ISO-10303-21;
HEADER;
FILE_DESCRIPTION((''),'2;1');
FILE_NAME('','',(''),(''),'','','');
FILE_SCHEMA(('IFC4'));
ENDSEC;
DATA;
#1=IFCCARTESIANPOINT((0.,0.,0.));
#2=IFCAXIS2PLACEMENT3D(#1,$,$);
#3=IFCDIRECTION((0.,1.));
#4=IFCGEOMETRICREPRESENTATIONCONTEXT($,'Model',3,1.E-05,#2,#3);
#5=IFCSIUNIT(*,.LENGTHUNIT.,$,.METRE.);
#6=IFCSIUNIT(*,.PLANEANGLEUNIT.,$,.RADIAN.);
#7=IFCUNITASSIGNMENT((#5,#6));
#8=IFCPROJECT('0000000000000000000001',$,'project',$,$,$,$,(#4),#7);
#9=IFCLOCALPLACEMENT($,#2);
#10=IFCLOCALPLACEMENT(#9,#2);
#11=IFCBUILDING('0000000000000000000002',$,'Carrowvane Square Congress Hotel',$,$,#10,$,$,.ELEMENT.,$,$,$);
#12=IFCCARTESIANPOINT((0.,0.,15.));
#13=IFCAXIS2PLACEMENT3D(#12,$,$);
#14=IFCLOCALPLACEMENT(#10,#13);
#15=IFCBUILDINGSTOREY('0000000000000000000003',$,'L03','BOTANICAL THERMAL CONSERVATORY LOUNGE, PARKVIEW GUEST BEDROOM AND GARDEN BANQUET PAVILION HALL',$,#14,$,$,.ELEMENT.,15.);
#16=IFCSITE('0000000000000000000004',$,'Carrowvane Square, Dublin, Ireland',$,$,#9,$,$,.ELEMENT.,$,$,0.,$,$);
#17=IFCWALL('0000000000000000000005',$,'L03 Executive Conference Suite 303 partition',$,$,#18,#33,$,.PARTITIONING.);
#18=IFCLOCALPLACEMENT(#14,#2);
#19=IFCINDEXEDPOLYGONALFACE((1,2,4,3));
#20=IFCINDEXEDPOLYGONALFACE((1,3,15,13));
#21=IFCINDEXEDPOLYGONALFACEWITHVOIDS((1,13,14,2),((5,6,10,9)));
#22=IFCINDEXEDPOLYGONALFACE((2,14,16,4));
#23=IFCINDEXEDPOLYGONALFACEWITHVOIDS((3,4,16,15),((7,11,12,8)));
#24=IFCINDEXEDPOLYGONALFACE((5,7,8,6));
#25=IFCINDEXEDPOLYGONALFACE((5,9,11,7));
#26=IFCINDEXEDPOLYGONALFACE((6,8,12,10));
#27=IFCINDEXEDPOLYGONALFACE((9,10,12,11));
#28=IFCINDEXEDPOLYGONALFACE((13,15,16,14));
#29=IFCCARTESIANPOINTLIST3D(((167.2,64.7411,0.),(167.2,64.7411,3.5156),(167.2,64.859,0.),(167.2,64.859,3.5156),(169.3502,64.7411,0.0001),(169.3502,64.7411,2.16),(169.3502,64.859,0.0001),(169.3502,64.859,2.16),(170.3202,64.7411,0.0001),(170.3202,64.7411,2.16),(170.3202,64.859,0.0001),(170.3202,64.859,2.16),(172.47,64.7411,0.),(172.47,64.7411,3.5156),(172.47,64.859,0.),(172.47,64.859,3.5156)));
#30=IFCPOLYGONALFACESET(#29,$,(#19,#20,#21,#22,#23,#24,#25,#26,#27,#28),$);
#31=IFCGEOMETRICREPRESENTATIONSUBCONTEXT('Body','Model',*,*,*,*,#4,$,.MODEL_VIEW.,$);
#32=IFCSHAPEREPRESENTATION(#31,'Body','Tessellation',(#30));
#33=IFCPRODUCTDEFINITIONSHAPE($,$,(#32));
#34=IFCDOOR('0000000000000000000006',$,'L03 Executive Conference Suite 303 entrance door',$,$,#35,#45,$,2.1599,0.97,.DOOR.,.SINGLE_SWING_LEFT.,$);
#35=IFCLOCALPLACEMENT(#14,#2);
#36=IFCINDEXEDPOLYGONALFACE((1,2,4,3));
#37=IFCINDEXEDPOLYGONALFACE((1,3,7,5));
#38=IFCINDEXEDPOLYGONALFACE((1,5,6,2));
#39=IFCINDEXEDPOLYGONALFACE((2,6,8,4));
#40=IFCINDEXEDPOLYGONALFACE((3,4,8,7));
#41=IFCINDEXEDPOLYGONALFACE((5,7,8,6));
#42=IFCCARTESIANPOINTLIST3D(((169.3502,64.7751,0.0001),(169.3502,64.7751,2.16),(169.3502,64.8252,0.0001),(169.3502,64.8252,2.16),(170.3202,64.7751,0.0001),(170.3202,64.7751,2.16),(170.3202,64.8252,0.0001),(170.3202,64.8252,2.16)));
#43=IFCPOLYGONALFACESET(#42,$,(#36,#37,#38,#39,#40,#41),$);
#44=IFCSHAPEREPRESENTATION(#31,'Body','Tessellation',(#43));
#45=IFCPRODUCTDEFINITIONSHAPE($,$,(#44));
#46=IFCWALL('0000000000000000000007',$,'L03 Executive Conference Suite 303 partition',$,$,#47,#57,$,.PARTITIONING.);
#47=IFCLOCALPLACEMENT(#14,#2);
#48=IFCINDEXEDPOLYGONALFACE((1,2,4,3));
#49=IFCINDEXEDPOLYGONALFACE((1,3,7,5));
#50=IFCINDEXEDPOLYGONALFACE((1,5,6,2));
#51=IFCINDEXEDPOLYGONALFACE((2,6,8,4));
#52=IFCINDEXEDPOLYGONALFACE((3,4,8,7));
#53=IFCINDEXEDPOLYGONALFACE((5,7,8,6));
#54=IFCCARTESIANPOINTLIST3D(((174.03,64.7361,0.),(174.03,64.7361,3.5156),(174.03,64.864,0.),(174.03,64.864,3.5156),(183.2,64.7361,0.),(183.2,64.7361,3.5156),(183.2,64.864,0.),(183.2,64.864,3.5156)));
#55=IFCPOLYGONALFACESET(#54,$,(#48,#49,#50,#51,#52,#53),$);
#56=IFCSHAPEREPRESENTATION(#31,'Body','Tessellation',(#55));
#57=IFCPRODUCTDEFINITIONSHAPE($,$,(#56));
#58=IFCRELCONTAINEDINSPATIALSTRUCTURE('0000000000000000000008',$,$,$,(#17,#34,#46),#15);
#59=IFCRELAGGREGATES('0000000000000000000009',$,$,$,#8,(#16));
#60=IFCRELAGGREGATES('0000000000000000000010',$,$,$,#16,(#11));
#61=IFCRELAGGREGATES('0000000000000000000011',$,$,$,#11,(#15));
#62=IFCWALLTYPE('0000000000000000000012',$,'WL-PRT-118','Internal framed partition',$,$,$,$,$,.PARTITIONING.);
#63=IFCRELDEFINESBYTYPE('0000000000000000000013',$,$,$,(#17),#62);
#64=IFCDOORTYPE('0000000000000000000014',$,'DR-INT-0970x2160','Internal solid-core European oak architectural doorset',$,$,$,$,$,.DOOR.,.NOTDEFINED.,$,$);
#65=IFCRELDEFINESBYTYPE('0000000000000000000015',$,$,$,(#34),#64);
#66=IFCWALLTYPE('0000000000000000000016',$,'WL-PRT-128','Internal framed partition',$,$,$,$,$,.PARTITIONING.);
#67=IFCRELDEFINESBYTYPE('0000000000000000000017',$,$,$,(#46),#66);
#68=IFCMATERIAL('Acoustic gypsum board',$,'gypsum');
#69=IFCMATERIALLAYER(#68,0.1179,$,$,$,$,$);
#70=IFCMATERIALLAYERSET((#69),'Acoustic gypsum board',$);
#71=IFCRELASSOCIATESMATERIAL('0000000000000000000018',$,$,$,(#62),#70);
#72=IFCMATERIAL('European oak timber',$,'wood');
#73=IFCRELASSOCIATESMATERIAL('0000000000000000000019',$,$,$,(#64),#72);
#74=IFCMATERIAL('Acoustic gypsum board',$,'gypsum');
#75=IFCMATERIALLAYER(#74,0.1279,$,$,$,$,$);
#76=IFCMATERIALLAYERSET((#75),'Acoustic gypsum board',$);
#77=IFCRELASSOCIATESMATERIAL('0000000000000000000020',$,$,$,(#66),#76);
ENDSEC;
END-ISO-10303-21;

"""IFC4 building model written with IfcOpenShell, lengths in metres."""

from ifc_helpers import new_model, si_unit, direction, frame, frame_2d, origin, place, context, subcontext, project, spatial, rectangle, extrude, material, layer, layer_set, type_object, element, fill, save


model = new_model("IFC4")

# Units and contexts
model_context = context("Model", 3, precision=1e-05, world=origin(), true_north=direction((0.0, 1.0)))
body_context = subcontext(model_context, "Body", "Model", "MODEL_VIEW")
ifc_project = project(units=[si_unit("LENGTHUNIT", "METRE"), si_unit("PLANEANGLEUNIT", "RADIAN")], contexts=[model_context])

# Site, building, storey
site_placement = place(None, origin())
site = spatial("IfcSite", under=ifc_project, at=site_placement, Name="Carrowvane Square, Dublin, Ireland", CompositionType="ELEMENT", RefElevation=0.0)
building_placement = place(site_placement, origin())
building = spatial("IfcBuilding", under=site, at=building_placement, Name="Carrowvane Square Congress Hotel", CompositionType="ELEMENT")
storey_placement = place(building_placement, frame((0.0, 0.0, 15.0)))
storey = spatial("IfcBuildingStorey", under=building, at=storey_placement, Name="L03", Description="BOTANICAL THERMAL CONSERVATORY LOUNGE, PARKVIEW GUEST BEDROOM AND GARDEN BANQUET PAVILION HALL", CompositionType="ELEMENT", Elevation=15.0)

# Wall, opening, door
ifc_material_1 = material(Name="Acoustic gypsum board", Category="gypsum")
ifc_layer_1 = layer(ifc_material_1, 0.1179)
ifc_layer_set_1 = layer_set([ifc_layer_1], Name="Acoustic gypsum board")
wall_type_1 = type_object("IfcWallType", Name="WL-PRT-118", Description="Internal framed partition", PredefinedType="PARTITIONING", material=ifc_layer_set_1)
wall_1_placement = place(storey_placement, frame((172.47, 64.8, 0.0), z_axis=(0.0, 0.0, 1.0), x_axis=(-1.0, 0.0, 0.0)))
wall_1 = element("IfcWall", 1, at=wall_1_placement, inside=storey, type_object=wall_type_1, Name="L03 Executive Conference Suite 303 partition", PredefinedType="PARTITIONING", context=body_context, shape_type="SweptSolid", body=[
    extrude(rectangle(XDim=5.27, YDim=0.1179, at=frame_2d((2.635, 0.0))), origin(), (0.0, 0.0, 1.0), 3.5156),
])
opening_1_placement = place(wall_1_placement, frame((2.1499, 0.0, 0.0)))
opening_1 = element("IfcOpeningElement", 2, at=opening_1_placement, cuts=wall_1, PredefinedType="OPENING", context=body_context, shape_type="SweptSolid", body=[
    extrude(rectangle(XDim=0.97, YDim=2.1599, at=frame_2d((0.4849, 1.0801))), frame((0.0, 0.0688, 0.0), z_axis=(0.0, -1.0, 0.0), x_axis=(1.0, 0.0, 0.0)), (0.0, 0.0, 1.0), 0.1379),
])
ifc_material_2 = material(Name="European oak timber", Category="wood")
door_type_1 = type_object("IfcDoorType", Name="DR-INT-0970x2160", Description="Internal solid-core European oak architectural doorset", OperationType="NOTDEFINED", PredefinedType="DOOR", material=ifc_material_2)
door_1_placement = place(opening_1_placement, origin())
door_1 = element("IfcDoor", 3, at=door_1_placement, inside=storey, type_object=door_type_1, Name="L03 Executive Conference Suite 303 entrance door", OperationType="SINGLE_SWING_LEFT", OverallHeight=2.1599, OverallWidth=0.97, PredefinedType="DOOR", context=body_context, shape_type="SweptSolid", body=[
    extrude(rectangle(XDim=0.97, YDim=2.1599, at=frame_2d((0.4849, 1.0801))), frame((0.0, 0.0249, 0.0), z_axis=(0.0, -1.0, 0.0), x_axis=(1.0, 0.0, 0.0)), (0.0, 0.0, 1.0), 0.05),
])
fill(opening_1, door_1)

# Wall
ifc_material_3 = material(Name="Acoustic gypsum board", Category="gypsum")
ifc_layer_2 = layer(ifc_material_3, 0.1279)
ifc_layer_set_2 = layer_set([ifc_layer_2], Name="Acoustic gypsum board")
wall_type_2 = type_object("IfcWallType", Name="WL-PRT-128", Description="Internal framed partition", PredefinedType="PARTITIONING", material=ifc_layer_set_2)
wall_2_placement = place(storey_placement, frame((183.2, 64.8, 0.0), z_axis=(0.0, 0.0, 1.0), x_axis=(-1.0, 0.0, 0.0)))
element("IfcWall", 4, at=wall_2_placement, inside=storey, type_object=wall_type_2, Name="L03 Executive Conference Suite 303 partition", PredefinedType="PARTITIONING", context=body_context, shape_type="SweptSolid", body=[
    extrude(rectangle(XDim=9.1699, YDim=0.1279, at=frame_2d((4.585, 0.0))), origin(), (0.0, 0.0, 1.0), 3.5156),
])

save(model, "model.ifc")
